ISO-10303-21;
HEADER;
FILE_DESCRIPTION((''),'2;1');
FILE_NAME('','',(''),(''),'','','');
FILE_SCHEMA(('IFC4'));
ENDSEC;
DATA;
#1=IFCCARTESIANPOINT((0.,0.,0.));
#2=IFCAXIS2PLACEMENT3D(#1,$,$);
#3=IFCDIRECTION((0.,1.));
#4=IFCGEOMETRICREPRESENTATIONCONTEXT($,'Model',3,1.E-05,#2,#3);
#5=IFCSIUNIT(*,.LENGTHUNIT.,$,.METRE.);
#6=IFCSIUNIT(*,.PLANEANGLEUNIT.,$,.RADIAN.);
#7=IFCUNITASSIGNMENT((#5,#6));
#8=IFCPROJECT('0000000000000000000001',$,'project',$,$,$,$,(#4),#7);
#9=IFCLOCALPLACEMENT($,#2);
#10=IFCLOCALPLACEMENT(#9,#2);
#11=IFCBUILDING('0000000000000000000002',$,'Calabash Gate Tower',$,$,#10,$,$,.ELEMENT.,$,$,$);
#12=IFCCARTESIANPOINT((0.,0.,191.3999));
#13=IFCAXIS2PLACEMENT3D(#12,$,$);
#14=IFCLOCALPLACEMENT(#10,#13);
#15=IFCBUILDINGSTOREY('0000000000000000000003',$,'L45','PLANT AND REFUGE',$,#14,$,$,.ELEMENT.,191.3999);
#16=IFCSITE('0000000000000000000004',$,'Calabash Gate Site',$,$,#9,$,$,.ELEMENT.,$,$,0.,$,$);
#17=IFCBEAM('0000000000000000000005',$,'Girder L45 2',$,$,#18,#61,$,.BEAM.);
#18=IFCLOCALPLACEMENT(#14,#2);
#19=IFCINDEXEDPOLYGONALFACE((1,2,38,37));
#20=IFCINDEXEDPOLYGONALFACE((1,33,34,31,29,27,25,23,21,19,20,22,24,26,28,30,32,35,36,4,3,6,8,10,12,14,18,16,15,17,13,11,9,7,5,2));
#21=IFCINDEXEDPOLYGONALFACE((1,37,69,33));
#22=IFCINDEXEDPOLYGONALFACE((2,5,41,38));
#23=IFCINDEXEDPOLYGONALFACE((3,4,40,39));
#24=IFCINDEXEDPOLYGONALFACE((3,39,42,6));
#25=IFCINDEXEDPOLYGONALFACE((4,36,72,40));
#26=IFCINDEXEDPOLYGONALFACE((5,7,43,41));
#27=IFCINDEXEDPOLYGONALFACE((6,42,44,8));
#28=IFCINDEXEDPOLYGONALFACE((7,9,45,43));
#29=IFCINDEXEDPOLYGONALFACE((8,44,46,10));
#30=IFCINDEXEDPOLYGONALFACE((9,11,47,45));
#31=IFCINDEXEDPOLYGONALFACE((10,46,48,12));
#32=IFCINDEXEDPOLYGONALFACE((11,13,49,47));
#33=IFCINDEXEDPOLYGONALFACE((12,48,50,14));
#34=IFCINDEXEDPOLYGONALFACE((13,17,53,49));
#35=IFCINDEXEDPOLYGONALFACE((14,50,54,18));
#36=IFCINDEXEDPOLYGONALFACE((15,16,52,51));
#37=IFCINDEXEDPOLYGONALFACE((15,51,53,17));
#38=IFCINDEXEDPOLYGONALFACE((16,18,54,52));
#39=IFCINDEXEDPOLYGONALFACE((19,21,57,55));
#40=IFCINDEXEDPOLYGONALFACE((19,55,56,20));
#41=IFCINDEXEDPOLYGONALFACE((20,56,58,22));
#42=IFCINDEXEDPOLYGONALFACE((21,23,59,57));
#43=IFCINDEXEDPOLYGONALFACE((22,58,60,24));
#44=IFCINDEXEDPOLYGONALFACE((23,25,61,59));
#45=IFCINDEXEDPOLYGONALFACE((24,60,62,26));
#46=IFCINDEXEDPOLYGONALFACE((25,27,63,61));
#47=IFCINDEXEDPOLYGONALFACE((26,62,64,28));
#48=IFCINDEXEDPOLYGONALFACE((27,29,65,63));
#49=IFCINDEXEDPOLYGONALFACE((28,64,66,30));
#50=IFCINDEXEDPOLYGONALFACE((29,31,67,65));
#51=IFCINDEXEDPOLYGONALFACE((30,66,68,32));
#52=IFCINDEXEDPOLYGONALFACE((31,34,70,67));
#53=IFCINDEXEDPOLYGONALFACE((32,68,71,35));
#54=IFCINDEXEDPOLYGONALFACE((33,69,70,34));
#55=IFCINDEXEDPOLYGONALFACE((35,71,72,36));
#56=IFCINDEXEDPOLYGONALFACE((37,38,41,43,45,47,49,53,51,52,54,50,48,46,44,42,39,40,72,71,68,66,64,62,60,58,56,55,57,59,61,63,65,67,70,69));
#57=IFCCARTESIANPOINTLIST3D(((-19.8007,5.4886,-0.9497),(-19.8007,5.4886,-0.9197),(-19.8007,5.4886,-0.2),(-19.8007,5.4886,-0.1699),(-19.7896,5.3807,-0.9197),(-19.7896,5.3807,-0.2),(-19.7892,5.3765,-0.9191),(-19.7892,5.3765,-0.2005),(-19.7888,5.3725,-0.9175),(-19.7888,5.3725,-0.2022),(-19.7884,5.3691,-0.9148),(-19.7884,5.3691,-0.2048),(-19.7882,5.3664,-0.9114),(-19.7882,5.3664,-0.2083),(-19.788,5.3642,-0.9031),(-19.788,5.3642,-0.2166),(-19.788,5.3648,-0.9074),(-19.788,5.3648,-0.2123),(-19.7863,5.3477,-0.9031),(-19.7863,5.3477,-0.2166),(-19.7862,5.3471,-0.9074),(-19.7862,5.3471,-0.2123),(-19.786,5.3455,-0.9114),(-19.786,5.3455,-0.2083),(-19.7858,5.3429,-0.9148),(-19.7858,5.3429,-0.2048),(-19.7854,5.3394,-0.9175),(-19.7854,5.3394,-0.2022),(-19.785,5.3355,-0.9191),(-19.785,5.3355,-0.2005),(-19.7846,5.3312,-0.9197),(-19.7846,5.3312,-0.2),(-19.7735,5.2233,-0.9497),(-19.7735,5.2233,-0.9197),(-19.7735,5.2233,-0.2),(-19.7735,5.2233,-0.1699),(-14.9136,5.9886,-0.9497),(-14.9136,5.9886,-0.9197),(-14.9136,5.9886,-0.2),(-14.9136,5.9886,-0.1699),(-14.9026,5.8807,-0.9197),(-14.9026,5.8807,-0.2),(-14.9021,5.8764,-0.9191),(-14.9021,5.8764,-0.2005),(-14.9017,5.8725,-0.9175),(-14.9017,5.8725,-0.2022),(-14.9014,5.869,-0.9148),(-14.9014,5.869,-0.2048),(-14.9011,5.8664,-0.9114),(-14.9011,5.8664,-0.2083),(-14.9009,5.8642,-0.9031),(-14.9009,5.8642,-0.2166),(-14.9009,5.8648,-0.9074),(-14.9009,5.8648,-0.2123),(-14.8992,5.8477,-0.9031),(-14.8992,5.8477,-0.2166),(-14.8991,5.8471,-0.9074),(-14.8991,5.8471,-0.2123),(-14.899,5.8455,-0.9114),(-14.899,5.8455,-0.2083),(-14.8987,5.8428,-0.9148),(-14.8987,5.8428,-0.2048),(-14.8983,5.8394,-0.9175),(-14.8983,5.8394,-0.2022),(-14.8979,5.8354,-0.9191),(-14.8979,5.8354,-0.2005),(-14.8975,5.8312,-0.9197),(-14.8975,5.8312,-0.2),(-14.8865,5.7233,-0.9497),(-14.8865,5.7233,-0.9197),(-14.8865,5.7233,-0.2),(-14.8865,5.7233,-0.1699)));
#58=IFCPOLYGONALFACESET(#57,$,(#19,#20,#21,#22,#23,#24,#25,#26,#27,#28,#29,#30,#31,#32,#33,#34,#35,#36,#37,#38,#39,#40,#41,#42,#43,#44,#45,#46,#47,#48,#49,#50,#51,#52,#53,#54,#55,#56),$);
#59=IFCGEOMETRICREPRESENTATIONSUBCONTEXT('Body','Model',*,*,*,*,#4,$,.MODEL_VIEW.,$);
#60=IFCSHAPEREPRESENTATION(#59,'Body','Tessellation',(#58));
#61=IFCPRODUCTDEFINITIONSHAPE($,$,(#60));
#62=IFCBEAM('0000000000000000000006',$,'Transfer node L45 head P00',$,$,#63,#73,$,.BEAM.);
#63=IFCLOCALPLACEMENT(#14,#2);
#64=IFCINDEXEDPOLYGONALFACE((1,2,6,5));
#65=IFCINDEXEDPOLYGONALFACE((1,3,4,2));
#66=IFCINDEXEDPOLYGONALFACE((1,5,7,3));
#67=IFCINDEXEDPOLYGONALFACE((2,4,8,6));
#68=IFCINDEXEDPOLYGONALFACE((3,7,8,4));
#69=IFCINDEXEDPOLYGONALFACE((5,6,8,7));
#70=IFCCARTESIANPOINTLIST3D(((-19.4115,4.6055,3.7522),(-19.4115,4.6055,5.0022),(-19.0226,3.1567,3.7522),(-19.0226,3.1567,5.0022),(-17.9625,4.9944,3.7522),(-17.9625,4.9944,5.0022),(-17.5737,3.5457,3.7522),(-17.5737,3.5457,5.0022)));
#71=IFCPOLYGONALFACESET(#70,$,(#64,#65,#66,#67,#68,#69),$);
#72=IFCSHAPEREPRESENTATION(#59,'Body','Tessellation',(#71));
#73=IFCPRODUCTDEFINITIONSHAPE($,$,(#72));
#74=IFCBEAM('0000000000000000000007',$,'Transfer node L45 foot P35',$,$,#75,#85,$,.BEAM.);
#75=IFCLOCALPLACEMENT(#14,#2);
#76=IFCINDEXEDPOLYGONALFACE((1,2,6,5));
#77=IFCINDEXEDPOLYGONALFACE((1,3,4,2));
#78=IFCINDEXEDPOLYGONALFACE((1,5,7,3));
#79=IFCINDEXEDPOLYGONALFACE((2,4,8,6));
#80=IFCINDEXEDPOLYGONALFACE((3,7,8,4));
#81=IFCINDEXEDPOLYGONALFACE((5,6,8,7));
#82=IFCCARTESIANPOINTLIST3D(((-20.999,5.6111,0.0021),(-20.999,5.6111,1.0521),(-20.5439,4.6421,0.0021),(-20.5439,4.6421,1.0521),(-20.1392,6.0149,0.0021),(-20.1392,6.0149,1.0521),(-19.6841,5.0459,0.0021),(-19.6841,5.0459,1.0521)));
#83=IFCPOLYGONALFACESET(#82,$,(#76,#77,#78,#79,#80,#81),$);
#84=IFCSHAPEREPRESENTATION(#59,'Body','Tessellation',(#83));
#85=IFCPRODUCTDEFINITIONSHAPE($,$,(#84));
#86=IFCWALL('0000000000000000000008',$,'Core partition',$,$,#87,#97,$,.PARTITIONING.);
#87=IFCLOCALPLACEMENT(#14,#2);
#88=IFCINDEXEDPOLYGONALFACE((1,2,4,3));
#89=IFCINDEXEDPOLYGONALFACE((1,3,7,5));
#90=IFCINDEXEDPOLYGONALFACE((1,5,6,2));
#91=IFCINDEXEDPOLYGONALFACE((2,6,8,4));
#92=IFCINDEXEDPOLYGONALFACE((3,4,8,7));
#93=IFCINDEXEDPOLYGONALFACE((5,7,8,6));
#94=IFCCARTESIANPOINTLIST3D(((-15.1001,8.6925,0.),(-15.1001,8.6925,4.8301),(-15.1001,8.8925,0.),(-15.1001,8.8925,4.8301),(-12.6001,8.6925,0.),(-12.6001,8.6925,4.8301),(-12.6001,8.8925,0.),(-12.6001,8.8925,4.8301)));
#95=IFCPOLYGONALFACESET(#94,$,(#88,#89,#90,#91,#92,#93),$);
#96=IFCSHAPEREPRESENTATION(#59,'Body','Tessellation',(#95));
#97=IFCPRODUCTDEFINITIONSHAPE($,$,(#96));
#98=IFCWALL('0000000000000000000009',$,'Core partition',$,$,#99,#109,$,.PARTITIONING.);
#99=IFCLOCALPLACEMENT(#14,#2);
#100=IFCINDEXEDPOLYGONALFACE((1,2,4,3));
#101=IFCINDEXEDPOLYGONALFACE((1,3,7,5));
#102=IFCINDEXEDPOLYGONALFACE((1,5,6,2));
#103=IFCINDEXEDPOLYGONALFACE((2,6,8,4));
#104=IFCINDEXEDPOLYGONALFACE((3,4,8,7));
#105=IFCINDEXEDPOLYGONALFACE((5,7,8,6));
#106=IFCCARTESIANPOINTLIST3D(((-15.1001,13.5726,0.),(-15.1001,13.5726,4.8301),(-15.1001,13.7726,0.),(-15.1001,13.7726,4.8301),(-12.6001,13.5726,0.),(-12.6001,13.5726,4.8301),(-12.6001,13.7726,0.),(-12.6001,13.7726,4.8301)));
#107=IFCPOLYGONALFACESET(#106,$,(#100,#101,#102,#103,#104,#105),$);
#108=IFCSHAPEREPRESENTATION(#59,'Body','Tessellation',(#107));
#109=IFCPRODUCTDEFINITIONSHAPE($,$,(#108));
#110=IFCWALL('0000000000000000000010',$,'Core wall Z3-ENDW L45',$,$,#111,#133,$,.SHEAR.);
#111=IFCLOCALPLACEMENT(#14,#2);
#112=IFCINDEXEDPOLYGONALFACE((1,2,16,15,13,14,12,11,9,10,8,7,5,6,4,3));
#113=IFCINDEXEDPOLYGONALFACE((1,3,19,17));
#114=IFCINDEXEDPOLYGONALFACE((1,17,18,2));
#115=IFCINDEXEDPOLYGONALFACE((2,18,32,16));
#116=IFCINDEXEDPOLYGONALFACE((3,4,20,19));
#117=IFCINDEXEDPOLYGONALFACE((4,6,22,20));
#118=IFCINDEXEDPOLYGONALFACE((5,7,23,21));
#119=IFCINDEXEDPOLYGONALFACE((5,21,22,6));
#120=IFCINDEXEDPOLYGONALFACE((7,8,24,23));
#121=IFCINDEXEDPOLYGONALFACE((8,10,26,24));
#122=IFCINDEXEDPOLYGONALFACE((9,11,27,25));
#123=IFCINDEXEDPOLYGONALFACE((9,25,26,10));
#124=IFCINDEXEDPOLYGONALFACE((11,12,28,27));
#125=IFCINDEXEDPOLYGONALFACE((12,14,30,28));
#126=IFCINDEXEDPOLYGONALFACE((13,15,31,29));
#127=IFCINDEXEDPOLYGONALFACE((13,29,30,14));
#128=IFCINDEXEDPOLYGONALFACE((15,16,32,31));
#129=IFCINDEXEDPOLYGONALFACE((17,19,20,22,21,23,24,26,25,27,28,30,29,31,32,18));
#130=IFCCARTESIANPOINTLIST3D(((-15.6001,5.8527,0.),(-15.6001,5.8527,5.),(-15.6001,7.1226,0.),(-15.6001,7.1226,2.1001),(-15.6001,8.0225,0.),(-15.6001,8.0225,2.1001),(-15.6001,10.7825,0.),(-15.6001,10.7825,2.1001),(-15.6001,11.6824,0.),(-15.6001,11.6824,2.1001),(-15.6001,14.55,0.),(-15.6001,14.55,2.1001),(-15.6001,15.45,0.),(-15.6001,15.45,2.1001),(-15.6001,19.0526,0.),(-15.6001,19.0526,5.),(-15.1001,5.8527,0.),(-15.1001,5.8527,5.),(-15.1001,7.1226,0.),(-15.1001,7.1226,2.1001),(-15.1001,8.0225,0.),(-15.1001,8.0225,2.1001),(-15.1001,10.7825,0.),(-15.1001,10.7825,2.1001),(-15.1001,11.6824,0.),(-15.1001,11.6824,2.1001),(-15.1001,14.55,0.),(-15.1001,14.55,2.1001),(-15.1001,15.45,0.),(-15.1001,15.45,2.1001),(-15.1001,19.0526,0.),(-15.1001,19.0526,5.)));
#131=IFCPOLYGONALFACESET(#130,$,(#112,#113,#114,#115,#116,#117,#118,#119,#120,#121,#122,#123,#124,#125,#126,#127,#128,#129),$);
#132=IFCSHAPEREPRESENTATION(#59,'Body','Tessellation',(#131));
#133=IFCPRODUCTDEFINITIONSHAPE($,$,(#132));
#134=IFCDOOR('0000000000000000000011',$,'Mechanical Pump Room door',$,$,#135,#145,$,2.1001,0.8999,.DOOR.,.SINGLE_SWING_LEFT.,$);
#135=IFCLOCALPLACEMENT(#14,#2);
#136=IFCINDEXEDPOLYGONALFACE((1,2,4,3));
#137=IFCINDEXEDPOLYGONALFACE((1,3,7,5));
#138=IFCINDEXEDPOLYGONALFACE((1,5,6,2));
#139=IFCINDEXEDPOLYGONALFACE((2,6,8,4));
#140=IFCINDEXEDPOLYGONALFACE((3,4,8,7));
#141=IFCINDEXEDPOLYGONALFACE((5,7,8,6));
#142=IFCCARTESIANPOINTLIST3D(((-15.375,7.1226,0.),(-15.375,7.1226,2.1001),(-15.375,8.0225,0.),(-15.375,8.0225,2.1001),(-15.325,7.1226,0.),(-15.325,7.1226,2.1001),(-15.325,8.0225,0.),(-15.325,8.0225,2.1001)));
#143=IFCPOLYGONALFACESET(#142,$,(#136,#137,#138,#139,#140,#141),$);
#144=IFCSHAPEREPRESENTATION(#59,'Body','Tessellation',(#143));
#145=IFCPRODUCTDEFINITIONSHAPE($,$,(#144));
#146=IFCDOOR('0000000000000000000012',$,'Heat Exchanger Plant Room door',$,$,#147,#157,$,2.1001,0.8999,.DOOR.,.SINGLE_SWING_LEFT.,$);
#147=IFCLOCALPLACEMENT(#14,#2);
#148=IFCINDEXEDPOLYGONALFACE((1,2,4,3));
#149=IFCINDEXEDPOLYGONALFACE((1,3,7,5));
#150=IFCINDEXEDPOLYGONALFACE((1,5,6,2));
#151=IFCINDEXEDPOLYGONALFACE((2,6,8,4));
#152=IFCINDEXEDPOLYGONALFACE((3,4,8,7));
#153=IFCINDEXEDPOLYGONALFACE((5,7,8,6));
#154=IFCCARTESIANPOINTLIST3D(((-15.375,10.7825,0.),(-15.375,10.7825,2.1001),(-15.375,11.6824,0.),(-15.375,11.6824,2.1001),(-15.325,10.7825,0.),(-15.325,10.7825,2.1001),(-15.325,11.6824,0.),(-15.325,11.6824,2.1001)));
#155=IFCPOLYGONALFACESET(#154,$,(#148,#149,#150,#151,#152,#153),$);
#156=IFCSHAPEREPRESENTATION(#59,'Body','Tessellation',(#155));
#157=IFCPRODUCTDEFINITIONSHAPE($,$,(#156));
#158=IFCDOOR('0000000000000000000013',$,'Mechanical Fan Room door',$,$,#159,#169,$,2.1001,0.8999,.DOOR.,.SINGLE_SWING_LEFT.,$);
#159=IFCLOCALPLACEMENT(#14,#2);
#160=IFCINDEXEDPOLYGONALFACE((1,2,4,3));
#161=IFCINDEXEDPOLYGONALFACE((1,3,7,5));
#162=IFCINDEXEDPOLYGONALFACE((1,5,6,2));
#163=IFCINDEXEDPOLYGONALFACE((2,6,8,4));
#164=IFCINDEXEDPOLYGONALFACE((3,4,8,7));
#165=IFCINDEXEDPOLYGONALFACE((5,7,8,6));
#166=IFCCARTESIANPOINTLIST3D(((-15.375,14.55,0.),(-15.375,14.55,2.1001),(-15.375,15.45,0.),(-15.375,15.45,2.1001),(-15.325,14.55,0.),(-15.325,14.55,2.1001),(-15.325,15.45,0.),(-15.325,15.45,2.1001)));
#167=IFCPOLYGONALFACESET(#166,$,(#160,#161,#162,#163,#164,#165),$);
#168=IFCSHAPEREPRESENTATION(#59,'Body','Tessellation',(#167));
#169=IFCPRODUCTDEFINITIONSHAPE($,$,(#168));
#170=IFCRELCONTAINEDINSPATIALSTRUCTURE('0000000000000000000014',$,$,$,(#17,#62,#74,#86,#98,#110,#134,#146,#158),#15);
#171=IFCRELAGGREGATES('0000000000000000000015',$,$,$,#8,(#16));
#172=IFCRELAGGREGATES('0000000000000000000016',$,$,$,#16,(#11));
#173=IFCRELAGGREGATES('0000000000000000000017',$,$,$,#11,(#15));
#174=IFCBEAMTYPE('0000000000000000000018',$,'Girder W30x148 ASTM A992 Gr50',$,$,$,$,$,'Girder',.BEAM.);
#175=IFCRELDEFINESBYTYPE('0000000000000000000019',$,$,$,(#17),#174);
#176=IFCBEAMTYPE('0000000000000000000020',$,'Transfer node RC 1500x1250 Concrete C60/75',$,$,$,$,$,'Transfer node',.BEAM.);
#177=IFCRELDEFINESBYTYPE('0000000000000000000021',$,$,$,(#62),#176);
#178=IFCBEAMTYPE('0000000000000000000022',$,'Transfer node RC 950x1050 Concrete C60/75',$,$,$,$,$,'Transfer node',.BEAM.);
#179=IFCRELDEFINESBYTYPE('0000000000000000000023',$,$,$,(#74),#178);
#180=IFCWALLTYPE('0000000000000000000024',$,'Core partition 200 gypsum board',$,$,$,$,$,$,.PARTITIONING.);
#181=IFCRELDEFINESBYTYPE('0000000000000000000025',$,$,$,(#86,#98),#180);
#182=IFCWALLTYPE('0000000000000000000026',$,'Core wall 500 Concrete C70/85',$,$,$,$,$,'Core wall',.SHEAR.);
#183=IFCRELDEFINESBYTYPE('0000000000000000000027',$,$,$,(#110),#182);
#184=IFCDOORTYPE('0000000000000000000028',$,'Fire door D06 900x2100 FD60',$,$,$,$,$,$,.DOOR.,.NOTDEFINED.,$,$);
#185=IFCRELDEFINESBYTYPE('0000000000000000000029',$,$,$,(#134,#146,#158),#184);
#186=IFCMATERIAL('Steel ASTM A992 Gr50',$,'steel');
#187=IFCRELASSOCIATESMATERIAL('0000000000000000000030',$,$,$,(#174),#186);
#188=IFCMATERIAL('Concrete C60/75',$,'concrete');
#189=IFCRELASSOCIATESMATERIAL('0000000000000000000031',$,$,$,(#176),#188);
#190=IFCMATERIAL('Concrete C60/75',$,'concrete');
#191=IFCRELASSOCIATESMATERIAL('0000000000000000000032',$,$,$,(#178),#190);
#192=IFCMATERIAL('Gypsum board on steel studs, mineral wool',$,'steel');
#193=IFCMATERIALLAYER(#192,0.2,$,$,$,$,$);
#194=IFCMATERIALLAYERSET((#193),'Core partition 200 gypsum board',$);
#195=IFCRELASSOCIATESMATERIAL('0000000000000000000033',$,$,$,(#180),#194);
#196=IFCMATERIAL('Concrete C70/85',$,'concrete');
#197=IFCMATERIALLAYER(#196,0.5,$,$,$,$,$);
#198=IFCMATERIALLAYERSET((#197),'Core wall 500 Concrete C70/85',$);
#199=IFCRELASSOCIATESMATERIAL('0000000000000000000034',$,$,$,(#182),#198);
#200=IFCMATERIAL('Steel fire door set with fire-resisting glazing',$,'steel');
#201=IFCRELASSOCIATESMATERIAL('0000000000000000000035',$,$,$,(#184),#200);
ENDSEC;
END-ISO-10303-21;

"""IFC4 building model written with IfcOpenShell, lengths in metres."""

from ifc_helpers import new_model, si_unit, direction, frame, frame_2d, origin, origin_2d, place, context, subcontext, project, spatial, rectangle, i_section, extrude, material, layer, layer_set, material_profile, profile_set, type_object, element, fill, save


model = new_model("IFC4")

# Units and contexts
model_context = context("Model", 3, precision=1e-05, world=origin(), true_north=direction((0.0, 1.0)))
body_context = subcontext(model_context, "Body", "Model", "MODEL_VIEW")
ifc_project = project(units=[si_unit("LENGTHUNIT", "METRE"), si_unit("PLANEANGLEUNIT", "RADIAN")], contexts=[model_context])

# Site, building, storey
site_placement = place(None, origin())
site = spatial("IfcSite", under=ifc_project, at=site_placement, Name="Calabash Gate Site", CompositionType="ELEMENT", RefElevation=0.0)
building_placement = place(site_placement, origin())
building = spatial("IfcBuilding", under=site, at=building_placement, Name="Calabash Gate Tower", CompositionType="ELEMENT")
storey_placement = place(building_placement, frame((0.0, 0.0, 191.3999)))
storey = spatial("IfcBuildingStorey", under=building, at=storey_placement, Name="L45", Description="PLANT AND REFUGE", CompositionType="ELEMENT", Elevation=191.3999)

# Beams
ifc_material_1 = material(Name="Steel ASTM A992 Gr50", Category="steel")
ifc_material_profile_1 = material_profile(ifc_material_1, i_section(OverallWidth=0.2666, OverallDepth=0.7798, WebThickness=0.0166, FlangeThickness=0.03, FilletRadius=0.0166, at=origin_2d()))
ifc_profile_set_1 = profile_set([ifc_material_profile_1], Name="Steel ASTM A992 Gr50")
beam_type_1 = type_object("IfcBeamType", Name="Girder W30x148 ASTM A992 Gr50", ElementType="Girder", PredefinedType="BEAM", material=ifc_profile_set_1)
beam_1_placement = place(storey_placement, frame((-19.7871, 5.356, -0.5598), z_axis=(0.994807, 0.101777, 0.0), x_axis=(-0.101777, 0.994807, 0.0)))
element("IfcBeam", 1, at=beam_1_placement, inside=storey, type_object=beam_type_1, Name="Girder L45 2", PredefinedType="BEAM", context=body_context, shape_type="SweptSolid", body=[
    extrude(i_section(OverallWidth=0.2666, OverallDepth=0.7798, WebThickness=0.0166, FlangeThickness=0.03, FilletRadius=0.0166, at=origin_2d()), origin(), (0.0, 0.0, 1.0), 4.9126),
])
ifc_material_2 = material(Name="Concrete C60/75", Category="concrete")
ifc_material_profile_2 = material_profile(ifc_material_2, rectangle(XDim=1.5, YDim=1.25, at=origin_2d()))
ifc_profile_set_2 = profile_set([ifc_material_profile_2], Name="Concrete C60/75")
beam_type_2 = type_object("IfcBeamType", Name="Transfer node RC 1500x1250 Concrete C60/75", ElementType="Transfer node", PredefinedType="BEAM", material=ifc_profile_set_2)
beam_2_placement = place(storey_placement, frame((-19.217, 3.8811, 4.3772), z_axis=(0.965815, 0.259232, 0.0), x_axis=(-0.259232, 0.965815, 0.0)))
element("IfcBeam", 2, at=beam_2_placement, inside=storey, type_object=beam_type_2, Name="Transfer node L45 head P00", PredefinedType="BEAM", context=body_context, shape_type="SweptSolid", body=[
    extrude(rectangle(XDim=1.5, YDim=1.25, at=origin_2d()), origin(), (0.0, 0.0, 1.0), 1.5002),
])
ifc_material_3 = material(Name="Concrete C60/75", Category="concrete")
ifc_material_profile_3 = material_profile(ifc_material_3, rectangle(XDim=0.95, YDim=1.05, at=origin_2d()))
ifc_profile_set_3 = profile_set([ifc_material_profile_3], Name="Concrete C60/75")
beam_type_3 = type_object("IfcBeamType", Name="Transfer node RC 950x1050 Concrete C60/75", ElementType="Transfer node", PredefinedType="BEAM", material=ifc_profile_set_3)
beam_3_placement = place(storey_placement, frame((-20.114, 4.844, 0.5271), z_axis=(-0.425094, 0.905149, 0.0), x_axis=(-0.905149, -0.425094, 0.0)))
element("IfcBeam", 3, at=beam_3_placement, inside=storey, type_object=beam_type_3, Name="Transfer node L45 foot P35", PredefinedType="BEAM", context=body_context, shape_type="SweptSolid", body=[
    extrude(rectangle(XDim=0.95, YDim=1.05, at=origin_2d()), origin(), (0.0, 0.0, 1.0), 1.0706),
])

# Walls
ifc_material_4 = material(Name="Gypsum board on steel studs, mineral wool", Category="steel")
ifc_layer_1 = layer(ifc_material_4, 0.2)
ifc_layer_set_1 = layer_set([ifc_layer_1], Name="Core partition 200 gypsum board")
wall_type_1 = type_object("IfcWallType", Name="Core partition 200 gypsum board", PredefinedType="PARTITIONING", material=ifc_layer_set_1)
for number, where, z_axis, x_axis, name in (
    (4, (-15.1001, 8.7925, 0.0), (0.0, 0.0, 1.0), (1.0, 0.0, 0.0), "Core partition"),
    (5, (-15.1001, 13.6726, 0.0), (0.0, 0.0, 1.0), (1.0, 0.0, 0.0), "Core partition"),
):
    element("IfcWall", number, at=place(storey_placement, frame(where, z_axis=z_axis, x_axis=x_axis)), inside=storey, type_object=wall_type_1, Name=name, PredefinedType="PARTITIONING", context=body_context, shape_type="SweptSolid", body=[
        extrude(rectangle(XDim=2.5, YDim=0.2, at=frame_2d((1.25, 0.0))), origin(), (0.0, 0.0, 1.0), 4.8301),
    ])

# Wall, openings, doors
ifc_material_5 = material(Name="Concrete C70/85", Category="concrete")
ifc_layer_2 = layer(ifc_material_5, 0.5)
ifc_layer_set_2 = layer_set([ifc_layer_2], Name="Core wall 500 Concrete C70/85")
wall_type_2 = type_object("IfcWallType", Name="Core wall 500 Concrete C70/85", ElementType="Core wall", PredefinedType="SHEAR", material=ifc_layer_set_2)
wall_1_placement = place(storey_placement, frame((-15.3501, 5.8525, 0.0), z_axis=(0.0, 0.0, 1.0), x_axis=(0.0, 1.0, 0.0)))
wall_1 = element("IfcWall", 6, at=wall_1_placement, inside=storey, type_object=wall_type_2, Name="Core wall Z3-ENDW L45", PredefinedType="SHEAR", context=body_context, shape_type="SweptSolid", body=[
    extrude(rectangle(XDim=13.2, YDim=0.5, at=frame_2d((6.6001, 0.0))), origin(), (0.0, 0.0, 1.0), 5.0),
])
opening_1_placement = place(wall_1_placement, frame((1.27, 0.0, 0.0)))
opening_1 = element("IfcOpeningElement", 7, at=opening_1_placement, cuts=wall_1, PredefinedType="OPENING", context=body_context, shape_type="SweptSolid", body=[
    extrude(rectangle(XDim=0.8999, YDim=2.1001, at=frame_2d((0.45, 1.05))), frame((0.0, 0.26, 0.0), z_axis=(0.0, -1.0, 0.0), x_axis=(1.0, 0.0, 0.0)), (0.0, 0.0, 1.0), 0.52),
])
opening_2_placement = place(wall_1_placement, frame((4.9299, 0.0, 0.0)))
opening_2 = element("IfcOpeningElement", 8, at=opening_2_placement, cuts=wall_1, PredefinedType="OPENING", context=body_context, shape_type="SweptSolid", body=[
    extrude(rectangle(XDim=0.8999, YDim=2.1001, at=frame_2d((0.45, 1.05))), frame((0.0, 0.26, 0.0), z_axis=(0.0, -1.0, 0.0), x_axis=(1.0, 0.0, 0.0)), (0.0, 0.0, 1.0), 0.52),
])
opening_3_placement = place(wall_1_placement, frame((8.6975, 0.0, 0.0)))
opening_3 = element("IfcOpeningElement", 9, at=opening_3_placement, cuts=wall_1, PredefinedType="OPENING", context=body_context, shape_type="SweptSolid", body=[
    extrude(rectangle(XDim=0.8999, YDim=2.1001, at=frame_2d((0.45, 1.05))), frame((0.0, 0.26, 0.0), z_axis=(0.0, -1.0, 0.0), x_axis=(1.0, 0.0, 0.0)), (0.0, 0.0, 1.0), 0.52),
])
ifc_material_6 = material(Name="Steel fire door set with fire-resisting glazing", Category="steel")
door_type_1 = type_object("IfcDoorType", Name="Fire door D06 900x2100 FD60", OperationType="NOTDEFINED", PredefinedType="DOOR", material=ifc_material_6)
door_1_placement = place(opening_1_placement, origin())
door_1 = element("IfcDoor", 10, at=door_1_placement, inside=storey, type_object=door_type_1, Name="Mechanical Pump Room door", OperationType="SINGLE_SWING_LEFT", OverallHeight=2.1001, OverallWidth=0.8999, PredefinedType="DOOR", context=body_context, shape_type="SweptSolid", body=[
    extrude(rectangle(XDim=0.8999, YDim=2.1001, at=frame_2d((0.45, 1.05))), frame((0.0, 0.0249, 0.0), z_axis=(0.0, -1.0, 0.0), x_axis=(1.0, 0.0, 0.0)), (0.0, 0.0, 1.0), 0.05),
])
fill(opening_1, door_1)
door_2_placement = place(opening_2_placement, origin())
door_2 = element("IfcDoor", 11, at=door_2_placement, inside=storey, type_object=door_type_1, Name="Heat Exchanger Plant Room door", OperationType="SINGLE_SWING_LEFT", OverallHeight=2.1001, OverallWidth=0.8999, PredefinedType="DOOR", context=body_context, shape_type="SweptSolid", body=[
    extrude(rectangle(XDim=0.8999, YDim=2.1001, at=frame_2d((0.45, 1.05))), frame((0.0, 0.0249, 0.0), z_axis=(0.0, -1.0, 0.0), x_axis=(1.0, 0.0, 0.0)), (0.0, 0.0, 1.0), 0.05),
])
fill(opening_2, door_2)
door_3_placement = place(opening_3_placement, origin())
door_3 = element("IfcDoor", 12, at=door_3_placement, inside=storey, type_object=door_type_1, Name="Mechanical Fan Room door", OperationType="SINGLE_SWING_LEFT", OverallHeight=2.1001, OverallWidth=0.8999, PredefinedType="DOOR", context=body_context, shape_type="SweptSolid", body=[
    extrude(rectangle(XDim=0.8999, YDim=2.1001, at=frame_2d((0.45, 1.05))), frame((0.0, 0.0249, 0.0), z_axis=(0.0, -1.0, 0.0), x_axis=(1.0, 0.0, 0.0)), (0.0, 0.0, 1.0), 0.05),
])
fill(opening_3, door_3)

save(model, "model.ifc")
